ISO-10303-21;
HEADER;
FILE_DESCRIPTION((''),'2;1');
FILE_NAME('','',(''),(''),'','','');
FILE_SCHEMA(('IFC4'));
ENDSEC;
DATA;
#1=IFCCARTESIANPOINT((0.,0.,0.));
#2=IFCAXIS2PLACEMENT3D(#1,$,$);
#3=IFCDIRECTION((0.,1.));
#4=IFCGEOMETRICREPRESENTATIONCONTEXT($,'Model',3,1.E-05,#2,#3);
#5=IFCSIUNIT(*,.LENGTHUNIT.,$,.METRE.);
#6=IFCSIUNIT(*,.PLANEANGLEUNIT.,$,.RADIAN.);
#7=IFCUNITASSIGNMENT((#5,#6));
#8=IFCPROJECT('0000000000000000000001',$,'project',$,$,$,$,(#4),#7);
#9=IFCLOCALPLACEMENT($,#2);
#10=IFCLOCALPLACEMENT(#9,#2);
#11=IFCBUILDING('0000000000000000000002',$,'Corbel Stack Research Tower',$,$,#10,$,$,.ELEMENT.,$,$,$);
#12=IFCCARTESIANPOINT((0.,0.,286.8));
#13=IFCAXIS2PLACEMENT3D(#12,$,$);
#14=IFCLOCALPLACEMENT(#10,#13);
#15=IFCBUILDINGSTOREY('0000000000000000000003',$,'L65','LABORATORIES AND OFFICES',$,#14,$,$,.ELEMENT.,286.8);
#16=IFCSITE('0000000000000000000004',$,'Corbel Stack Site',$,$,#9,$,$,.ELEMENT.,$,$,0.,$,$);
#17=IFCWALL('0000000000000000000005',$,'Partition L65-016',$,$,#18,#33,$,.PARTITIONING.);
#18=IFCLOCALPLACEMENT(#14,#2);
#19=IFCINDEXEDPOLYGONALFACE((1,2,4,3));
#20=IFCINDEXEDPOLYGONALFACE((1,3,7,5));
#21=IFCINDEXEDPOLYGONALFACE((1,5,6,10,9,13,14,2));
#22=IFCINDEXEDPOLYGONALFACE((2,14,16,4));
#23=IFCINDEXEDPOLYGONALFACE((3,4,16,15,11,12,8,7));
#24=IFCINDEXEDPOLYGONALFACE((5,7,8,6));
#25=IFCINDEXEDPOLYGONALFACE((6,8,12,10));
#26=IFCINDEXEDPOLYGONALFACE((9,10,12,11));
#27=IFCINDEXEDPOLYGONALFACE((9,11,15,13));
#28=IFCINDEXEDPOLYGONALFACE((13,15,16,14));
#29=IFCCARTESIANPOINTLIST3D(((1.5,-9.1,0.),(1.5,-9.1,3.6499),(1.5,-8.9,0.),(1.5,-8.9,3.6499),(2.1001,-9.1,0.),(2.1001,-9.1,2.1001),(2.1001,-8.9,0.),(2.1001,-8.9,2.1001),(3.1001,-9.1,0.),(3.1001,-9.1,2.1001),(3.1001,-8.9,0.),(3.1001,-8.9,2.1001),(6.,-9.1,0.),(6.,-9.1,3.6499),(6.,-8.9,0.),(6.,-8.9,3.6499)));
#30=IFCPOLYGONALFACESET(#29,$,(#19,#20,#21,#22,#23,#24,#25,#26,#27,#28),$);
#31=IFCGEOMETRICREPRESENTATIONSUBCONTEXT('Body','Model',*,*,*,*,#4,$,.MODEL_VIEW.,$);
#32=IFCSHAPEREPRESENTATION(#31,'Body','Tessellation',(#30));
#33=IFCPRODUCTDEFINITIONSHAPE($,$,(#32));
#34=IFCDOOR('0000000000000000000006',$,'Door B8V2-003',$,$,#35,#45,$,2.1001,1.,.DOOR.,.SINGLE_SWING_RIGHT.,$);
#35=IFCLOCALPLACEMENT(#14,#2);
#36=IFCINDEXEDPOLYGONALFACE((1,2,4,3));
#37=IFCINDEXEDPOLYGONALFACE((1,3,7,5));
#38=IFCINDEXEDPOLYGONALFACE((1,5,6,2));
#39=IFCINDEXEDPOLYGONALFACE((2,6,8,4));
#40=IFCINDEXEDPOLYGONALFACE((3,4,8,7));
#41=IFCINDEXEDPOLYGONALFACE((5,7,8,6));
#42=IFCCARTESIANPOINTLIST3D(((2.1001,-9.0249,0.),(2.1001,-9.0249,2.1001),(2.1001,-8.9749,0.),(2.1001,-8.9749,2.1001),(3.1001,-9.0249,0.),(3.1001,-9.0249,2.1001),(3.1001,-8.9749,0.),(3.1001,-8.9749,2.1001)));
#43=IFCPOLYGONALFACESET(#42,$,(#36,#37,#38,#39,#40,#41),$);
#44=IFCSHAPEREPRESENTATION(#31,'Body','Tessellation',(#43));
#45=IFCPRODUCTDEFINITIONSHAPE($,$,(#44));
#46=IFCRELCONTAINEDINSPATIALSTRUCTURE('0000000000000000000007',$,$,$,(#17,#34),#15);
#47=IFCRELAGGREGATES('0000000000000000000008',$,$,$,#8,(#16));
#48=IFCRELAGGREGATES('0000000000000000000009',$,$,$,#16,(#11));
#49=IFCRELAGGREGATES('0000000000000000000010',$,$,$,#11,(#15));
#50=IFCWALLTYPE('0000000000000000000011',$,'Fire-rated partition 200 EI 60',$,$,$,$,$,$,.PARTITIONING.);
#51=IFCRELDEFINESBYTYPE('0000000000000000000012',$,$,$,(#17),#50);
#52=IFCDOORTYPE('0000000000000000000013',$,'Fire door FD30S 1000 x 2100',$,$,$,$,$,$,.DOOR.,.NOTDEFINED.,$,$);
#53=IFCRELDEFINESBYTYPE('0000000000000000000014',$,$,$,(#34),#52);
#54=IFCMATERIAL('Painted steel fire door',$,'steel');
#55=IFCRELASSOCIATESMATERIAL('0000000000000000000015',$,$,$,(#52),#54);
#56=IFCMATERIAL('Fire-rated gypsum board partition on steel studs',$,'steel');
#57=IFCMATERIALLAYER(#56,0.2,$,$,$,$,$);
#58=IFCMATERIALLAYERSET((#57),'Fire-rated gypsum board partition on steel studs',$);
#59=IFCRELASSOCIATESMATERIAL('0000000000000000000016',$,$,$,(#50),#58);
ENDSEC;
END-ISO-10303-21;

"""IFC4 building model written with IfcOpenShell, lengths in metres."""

from ifc_helpers import new_model, si_unit, direction, frame, frame_2d, origin, place, context, subcontext, project, spatial, rectangle, extrude, material, layer, layer_set, type_object, element, fill, save


model = new_model("IFC4")

# Units and contexts
model_context = context("Model", 3, precision=1e-05, world=origin(), true_north=direction((0.0, 1.0)))
body_context = subcontext(model_context, "Body", "Model", "MODEL_VIEW")
ifc_project = project(units=[si_unit("LENGTHUNIT", "METRE"), si_unit("PLANEANGLEUNIT", "RADIAN")], contexts=[model_context])

# Site, building, storey
site_placement = place(None, origin())
site = spatial("IfcSite", under=ifc_project, at=site_placement, Name="Corbel Stack Site", CompositionType="ELEMENT", RefElevation=0.0)
building_placement = place(site_placement, origin())
building = spatial("IfcBuilding", under=site, at=building_placement, Name="Corbel Stack Research Tower", CompositionType="ELEMENT")
storey_placement = place(building_placement, frame((0.0, 0.0, 286.8)))
storey = spatial("IfcBuildingStorey", under=building, at=storey_placement, Name="L65", Description="LABORATORIES AND OFFICES", CompositionType="ELEMENT", Elevation=286.8)

# Wall, opening, door
ifc_material_1 = material(Name="Painted steel fire door", Category="steel")
door_type_1 = type_object("IfcDoorType", Name="Fire door FD30S 1000 x 2100", OperationType="NOTDEFINED", PredefinedType="DOOR", material=ifc_material_1)
ifc_material_2 = material(Name="Fire-rated gypsum board partition on steel studs", Category="steel")
ifc_layer_1 = layer(ifc_material_2, 0.2)
ifc_layer_set_1 = layer_set([ifc_layer_1], Name="Fire-rated gypsum board partition on steel studs")
wall_type_1 = type_object("IfcWallType", Name="Fire-rated partition 200 EI 60", PredefinedType="PARTITIONING", material=ifc_layer_set_1)
wall_1_placement = place(storey_placement, frame((6.0, -9.0, 0.0), z_axis=(0.0, 0.0, 1.0), x_axis=(-1.0, 0.0, 0.0)))
wall_1 = element("IfcWall", 1, at=wall_1_placement, inside=storey, type_object=wall_type_1, Name="Partition L65-016", PredefinedType="PARTITIONING", context=body_context, shape_type="SweptSolid", body=[
    extrude(rectangle(XDim=4.5, YDim=0.2, at=frame_2d((2.25, 0.0))), origin(), (0.0, 0.0, 1.0), 3.6499),
])
opening_1_placement = place(wall_1_placement, frame((2.8999, 0.0, 0.0)))
opening_1 = element("IfcOpeningElement", 2, at=opening_1_placement, cuts=wall_1, PredefinedType="OPENING", context=body_context, shape_type="SweptSolid", body=[
    extrude(rectangle(XDim=1.0, YDim=2.1001, at=frame_2d((0.5, 1.05))), frame((0.0, 0.1099, 0.0), z_axis=(0.0, -1.0, 0.0), x_axis=(1.0, 0.0, 0.0)), (0.0, 0.0, 1.0), 0.22),
])
door_1_placement = place(opening_1_placement, origin())
door_1 = element("IfcDoor", 3, at=door_1_placement, inside=storey, type_object=door_type_1, Name="Door B8V2-003", OperationType="SINGLE_SWING_RIGHT", OverallHeight=2.1001, OverallWidth=1.0, PredefinedType="DOOR", context=body_context, shape_type="SweptSolid", body=[
    extrude(rectangle(XDim=1.0, YDim=2.1001, at=frame_2d((0.5, 1.05))), frame((0.0, 0.0249, 0.0), z_axis=(0.0, -1.0, 0.0), x_axis=(1.0, 0.0, 0.0)), (0.0, 0.0, 1.0), 0.05),
])
fill(opening_1, door_1)

save(model, "model.ifc")
